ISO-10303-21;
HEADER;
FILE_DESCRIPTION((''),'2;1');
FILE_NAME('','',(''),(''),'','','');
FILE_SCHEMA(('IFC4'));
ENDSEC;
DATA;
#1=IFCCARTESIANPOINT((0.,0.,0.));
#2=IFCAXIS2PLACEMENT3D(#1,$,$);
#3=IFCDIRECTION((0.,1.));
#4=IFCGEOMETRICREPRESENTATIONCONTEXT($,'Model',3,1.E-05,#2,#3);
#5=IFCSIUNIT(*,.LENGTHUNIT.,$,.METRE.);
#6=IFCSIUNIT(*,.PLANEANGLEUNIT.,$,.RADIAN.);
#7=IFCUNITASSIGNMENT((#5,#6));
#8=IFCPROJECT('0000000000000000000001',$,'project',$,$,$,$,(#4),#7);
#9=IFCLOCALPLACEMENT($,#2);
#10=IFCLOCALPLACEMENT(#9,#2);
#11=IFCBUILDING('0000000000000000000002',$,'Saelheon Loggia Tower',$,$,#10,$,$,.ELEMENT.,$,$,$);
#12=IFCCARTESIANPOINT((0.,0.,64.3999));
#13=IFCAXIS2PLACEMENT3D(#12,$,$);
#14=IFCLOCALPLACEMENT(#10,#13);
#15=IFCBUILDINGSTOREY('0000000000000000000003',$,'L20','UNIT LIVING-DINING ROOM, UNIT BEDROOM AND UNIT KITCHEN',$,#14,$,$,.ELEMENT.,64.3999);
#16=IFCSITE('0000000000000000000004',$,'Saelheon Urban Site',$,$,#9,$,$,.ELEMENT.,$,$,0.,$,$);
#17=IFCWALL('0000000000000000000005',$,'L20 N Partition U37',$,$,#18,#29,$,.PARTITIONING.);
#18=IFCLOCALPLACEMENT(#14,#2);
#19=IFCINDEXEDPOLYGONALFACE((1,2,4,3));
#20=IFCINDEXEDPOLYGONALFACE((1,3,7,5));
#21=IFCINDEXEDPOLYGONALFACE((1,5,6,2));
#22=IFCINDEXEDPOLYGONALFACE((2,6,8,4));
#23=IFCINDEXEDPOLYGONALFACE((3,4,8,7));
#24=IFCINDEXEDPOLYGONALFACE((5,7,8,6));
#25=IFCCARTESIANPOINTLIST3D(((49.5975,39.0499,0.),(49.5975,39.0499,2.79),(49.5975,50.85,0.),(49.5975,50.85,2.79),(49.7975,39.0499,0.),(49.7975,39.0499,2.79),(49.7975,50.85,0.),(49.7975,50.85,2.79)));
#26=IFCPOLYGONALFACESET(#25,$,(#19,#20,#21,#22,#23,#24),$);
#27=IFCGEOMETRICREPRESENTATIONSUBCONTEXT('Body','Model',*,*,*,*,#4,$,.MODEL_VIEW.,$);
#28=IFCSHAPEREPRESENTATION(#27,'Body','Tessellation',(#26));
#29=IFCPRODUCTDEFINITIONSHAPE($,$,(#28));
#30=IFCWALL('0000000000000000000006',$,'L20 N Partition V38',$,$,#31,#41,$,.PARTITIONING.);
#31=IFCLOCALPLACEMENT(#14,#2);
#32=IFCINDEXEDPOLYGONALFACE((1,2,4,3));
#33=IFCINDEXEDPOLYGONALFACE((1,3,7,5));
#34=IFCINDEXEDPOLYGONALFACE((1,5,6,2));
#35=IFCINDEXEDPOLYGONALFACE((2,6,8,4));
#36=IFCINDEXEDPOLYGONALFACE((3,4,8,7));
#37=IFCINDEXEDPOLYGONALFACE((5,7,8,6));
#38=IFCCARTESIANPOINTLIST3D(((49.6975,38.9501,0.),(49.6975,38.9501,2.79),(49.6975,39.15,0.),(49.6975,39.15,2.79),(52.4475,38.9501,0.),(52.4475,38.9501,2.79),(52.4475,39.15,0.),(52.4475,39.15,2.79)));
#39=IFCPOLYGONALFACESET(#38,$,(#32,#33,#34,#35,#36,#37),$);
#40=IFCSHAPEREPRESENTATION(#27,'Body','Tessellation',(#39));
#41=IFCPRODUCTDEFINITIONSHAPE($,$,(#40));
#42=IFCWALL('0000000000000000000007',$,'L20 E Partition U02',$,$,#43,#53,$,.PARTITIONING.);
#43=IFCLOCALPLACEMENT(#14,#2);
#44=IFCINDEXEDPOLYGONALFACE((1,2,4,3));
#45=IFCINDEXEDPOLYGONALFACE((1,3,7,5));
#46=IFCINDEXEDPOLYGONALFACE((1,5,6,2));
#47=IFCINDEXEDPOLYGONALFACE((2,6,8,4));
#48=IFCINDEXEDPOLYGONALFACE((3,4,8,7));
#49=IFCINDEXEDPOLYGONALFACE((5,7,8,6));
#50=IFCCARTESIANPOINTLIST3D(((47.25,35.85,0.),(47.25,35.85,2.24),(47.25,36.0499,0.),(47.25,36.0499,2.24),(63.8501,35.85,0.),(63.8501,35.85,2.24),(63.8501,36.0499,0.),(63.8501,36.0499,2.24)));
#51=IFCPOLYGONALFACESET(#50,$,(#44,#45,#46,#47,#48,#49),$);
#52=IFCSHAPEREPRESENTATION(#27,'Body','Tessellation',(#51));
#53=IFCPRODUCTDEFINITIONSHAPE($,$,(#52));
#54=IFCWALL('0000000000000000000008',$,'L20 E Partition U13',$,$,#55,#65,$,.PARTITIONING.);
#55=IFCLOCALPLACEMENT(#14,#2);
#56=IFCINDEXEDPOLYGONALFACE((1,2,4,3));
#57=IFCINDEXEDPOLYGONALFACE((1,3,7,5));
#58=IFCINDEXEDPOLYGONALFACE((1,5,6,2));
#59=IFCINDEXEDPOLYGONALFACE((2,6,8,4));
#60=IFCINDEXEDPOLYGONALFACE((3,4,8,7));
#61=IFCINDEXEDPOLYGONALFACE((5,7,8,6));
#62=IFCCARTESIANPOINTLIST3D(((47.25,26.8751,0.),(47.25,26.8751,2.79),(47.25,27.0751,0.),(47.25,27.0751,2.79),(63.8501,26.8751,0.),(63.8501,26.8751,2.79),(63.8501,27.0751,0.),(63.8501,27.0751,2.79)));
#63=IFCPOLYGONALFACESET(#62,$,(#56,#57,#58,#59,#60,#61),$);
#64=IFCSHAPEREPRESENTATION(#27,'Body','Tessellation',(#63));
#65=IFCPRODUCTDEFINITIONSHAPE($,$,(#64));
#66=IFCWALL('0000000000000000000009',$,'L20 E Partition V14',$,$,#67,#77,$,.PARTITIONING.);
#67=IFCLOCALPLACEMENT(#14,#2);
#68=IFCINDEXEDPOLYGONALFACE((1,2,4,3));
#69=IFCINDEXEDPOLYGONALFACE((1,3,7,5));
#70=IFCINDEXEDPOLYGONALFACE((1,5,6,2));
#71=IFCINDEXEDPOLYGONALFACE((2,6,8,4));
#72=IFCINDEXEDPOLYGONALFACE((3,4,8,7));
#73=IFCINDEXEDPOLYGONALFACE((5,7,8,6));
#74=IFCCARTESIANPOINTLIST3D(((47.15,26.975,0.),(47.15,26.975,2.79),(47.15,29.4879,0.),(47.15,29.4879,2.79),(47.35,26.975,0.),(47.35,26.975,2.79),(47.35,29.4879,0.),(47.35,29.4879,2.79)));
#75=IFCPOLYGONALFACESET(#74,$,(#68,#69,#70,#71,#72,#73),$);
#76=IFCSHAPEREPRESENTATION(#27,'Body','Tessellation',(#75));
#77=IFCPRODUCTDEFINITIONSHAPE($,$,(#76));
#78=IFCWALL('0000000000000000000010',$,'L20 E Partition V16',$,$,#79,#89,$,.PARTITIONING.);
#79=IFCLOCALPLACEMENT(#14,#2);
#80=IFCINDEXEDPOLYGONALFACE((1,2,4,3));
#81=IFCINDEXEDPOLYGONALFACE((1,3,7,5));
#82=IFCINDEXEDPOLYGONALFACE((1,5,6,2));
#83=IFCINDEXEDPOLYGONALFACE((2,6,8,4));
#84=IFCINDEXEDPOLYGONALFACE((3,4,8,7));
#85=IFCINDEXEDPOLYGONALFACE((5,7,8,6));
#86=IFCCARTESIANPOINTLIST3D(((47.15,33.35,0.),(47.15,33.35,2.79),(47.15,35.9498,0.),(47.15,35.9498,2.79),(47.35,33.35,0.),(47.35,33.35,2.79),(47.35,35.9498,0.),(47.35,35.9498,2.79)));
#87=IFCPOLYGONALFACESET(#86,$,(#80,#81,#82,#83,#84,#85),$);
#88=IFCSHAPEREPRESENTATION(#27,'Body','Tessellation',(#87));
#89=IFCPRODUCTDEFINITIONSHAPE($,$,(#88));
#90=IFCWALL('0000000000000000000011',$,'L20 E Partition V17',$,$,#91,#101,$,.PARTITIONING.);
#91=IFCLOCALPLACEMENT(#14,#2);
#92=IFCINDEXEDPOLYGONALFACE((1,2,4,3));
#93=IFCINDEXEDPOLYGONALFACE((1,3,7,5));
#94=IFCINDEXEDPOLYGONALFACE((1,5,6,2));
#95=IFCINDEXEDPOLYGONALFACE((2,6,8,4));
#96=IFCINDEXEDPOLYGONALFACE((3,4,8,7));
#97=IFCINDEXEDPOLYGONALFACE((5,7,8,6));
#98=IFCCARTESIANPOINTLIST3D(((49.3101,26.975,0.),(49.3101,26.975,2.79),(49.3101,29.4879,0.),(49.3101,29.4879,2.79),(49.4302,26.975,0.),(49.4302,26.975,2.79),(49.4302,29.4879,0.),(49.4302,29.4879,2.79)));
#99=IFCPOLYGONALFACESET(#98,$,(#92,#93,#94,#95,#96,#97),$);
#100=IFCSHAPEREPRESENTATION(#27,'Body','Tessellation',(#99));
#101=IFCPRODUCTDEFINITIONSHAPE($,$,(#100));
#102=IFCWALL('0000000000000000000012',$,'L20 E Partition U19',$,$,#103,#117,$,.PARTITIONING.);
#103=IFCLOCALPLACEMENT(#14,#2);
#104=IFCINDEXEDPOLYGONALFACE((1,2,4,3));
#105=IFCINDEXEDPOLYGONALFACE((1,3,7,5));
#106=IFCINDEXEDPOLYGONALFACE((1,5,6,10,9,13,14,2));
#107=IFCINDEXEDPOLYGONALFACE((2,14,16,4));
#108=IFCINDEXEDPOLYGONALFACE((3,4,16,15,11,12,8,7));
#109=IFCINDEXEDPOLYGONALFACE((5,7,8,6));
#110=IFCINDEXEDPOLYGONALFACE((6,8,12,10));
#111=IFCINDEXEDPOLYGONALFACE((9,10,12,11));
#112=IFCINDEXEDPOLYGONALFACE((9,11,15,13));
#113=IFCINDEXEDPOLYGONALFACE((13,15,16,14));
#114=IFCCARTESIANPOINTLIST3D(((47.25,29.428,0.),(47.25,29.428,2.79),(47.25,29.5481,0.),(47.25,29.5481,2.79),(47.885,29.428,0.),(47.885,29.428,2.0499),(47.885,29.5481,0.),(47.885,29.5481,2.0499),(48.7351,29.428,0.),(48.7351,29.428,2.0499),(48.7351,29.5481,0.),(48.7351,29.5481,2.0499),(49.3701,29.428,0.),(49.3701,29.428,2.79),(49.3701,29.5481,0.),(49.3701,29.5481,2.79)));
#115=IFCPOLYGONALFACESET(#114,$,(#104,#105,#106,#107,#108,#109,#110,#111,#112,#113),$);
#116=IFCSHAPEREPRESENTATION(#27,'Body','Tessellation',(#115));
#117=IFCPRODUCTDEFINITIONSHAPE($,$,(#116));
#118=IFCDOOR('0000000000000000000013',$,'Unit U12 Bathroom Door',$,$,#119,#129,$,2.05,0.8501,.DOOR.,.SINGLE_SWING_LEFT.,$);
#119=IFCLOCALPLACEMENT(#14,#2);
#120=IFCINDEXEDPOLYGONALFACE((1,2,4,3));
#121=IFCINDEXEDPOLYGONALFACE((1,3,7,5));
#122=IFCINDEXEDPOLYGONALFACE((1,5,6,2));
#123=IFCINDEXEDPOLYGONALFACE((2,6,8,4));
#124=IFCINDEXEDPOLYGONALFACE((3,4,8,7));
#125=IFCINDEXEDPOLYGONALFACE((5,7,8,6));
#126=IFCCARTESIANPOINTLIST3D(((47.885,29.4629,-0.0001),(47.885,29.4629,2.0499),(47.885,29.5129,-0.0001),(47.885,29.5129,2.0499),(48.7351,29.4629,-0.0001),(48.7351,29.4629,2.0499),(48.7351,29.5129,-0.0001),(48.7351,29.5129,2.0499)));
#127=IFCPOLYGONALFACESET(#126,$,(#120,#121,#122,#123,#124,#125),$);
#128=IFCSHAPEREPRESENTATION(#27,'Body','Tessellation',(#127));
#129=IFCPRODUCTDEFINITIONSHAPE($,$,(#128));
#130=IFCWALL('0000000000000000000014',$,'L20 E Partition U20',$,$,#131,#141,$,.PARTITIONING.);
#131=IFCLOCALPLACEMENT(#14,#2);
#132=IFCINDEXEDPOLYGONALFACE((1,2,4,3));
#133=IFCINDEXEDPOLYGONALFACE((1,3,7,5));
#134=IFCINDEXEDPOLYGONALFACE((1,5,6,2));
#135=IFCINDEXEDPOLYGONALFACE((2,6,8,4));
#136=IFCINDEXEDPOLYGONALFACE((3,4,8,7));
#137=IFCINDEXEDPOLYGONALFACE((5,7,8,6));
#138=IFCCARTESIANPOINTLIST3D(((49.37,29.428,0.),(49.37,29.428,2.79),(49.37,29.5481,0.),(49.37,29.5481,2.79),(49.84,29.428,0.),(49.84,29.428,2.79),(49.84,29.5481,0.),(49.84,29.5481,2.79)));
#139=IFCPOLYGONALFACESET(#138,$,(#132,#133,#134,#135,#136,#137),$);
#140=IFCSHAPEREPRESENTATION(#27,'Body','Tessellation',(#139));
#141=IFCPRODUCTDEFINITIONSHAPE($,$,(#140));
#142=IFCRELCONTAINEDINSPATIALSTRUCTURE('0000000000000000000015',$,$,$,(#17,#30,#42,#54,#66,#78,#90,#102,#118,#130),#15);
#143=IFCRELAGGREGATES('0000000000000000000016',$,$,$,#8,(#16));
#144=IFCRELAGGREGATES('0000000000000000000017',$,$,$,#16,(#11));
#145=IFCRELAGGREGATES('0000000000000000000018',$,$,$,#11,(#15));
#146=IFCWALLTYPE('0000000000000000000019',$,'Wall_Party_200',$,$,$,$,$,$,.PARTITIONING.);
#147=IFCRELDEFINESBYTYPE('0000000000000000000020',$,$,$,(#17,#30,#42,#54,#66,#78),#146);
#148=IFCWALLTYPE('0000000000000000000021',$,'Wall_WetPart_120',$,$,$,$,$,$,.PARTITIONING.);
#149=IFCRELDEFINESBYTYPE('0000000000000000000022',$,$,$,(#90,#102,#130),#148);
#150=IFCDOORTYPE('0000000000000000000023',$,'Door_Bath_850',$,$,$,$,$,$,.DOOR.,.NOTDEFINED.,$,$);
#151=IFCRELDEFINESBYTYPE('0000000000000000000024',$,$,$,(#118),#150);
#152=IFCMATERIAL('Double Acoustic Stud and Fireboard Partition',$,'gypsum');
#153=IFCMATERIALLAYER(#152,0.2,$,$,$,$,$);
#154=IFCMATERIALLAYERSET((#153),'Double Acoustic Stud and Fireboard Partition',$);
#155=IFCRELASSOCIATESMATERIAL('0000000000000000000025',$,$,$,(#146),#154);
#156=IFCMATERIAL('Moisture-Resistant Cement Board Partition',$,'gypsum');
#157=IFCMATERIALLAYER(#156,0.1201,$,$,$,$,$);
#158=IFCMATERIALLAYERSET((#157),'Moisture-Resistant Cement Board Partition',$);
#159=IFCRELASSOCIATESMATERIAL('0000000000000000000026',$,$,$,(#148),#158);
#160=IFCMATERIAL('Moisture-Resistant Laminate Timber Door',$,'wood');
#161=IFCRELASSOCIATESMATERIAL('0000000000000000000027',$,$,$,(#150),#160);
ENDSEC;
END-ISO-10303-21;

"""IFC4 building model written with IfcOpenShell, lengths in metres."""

from ifc_helpers import new_model, si_unit, direction, frame, frame_2d, origin, place, context, subcontext, project, spatial, rectangle, extrude, source, transform, mapped, material, layer, layer_set, type_object, element, fill, save


model = new_model("IFC4")

# Units and contexts
model_context = context("Model", 3, precision=1e-05, world=origin(), true_north=direction((0.0, 1.0)))
body_context = subcontext(model_context, "Body", "Model", "MODEL_VIEW")
ifc_project = project(units=[si_unit("LENGTHUNIT", "METRE"), si_unit("PLANEANGLEUNIT", "RADIAN")], contexts=[model_context])

# Site, building, storey
site_placement = place(None, origin())
site = spatial("IfcSite", under=ifc_project, at=site_placement, Name="Saelheon Urban Site", CompositionType="ELEMENT", RefElevation=0.0)
building_placement = place(site_placement, origin())
building = spatial("IfcBuilding", under=site, at=building_placement, Name="Saelheon Loggia Tower", CompositionType="ELEMENT")
storey_placement = place(building_placement, frame((0.0, 0.0, 64.3999)))
storey = spatial("IfcBuildingStorey", under=building, at=storey_placement, Name="L20", Description="UNIT LIVING-DINING ROOM, UNIT BEDROOM AND UNIT KITCHEN", CompositionType="ELEMENT", Elevation=64.3999)

# Walls
ifc_material_1 = material(Name="Double Acoustic Stud and Fireboard Partition", Category="gypsum")
ifc_layer_1 = layer(ifc_material_1, 0.2)
ifc_layer_set_1 = layer_set([ifc_layer_1], Name="Double Acoustic Stud and Fireboard Partition")
wall_type_1 = type_object("IfcWallType", Name="Wall_Party_200", PredefinedType="PARTITIONING", material=ifc_layer_set_1)
wall_1_placement = place(storey_placement, frame((49.6975, 39.05, 0.0), z_axis=(0.0, 0.0, 1.0), x_axis=(0.0, 1.0, 0.0)))
element("IfcWall", 1, at=wall_1_placement, inside=storey, type_object=wall_type_1, Name="L20 N Partition U37", PredefinedType="PARTITIONING", context=body_context, shape_type="SweptSolid", body=[
    extrude(rectangle(XDim=11.8, YDim=0.2, at=frame_2d((5.8999, 0.0))), origin(), (0.0, 0.0, 1.0), 2.79),
])
wall_2_placement = place(storey_placement, frame((49.6975, 39.05, 0.0), z_axis=(0.0, 0.0, 1.0), x_axis=(1.0, 0.0, 0.0)))
element("IfcWall", 2, at=wall_2_placement, inside=storey, type_object=wall_type_1, Name="L20 N Partition V38", PredefinedType="PARTITIONING", context=body_context, shape_type="SweptSolid", body=[
    extrude(rectangle(XDim=2.75, YDim=0.2, at=frame_2d((1.375, 0.0))), origin(), (0.0, 0.0, 1.0), 2.79),
])
wall_3_placement = place(storey_placement, frame((47.25, 35.95, 0.0), z_axis=(0.0, 0.0, 1.0), x_axis=(1.0, 0.0, 0.0)))
element("IfcWall", 3, at=wall_3_placement, inside=storey, type_object=wall_type_1, Name="L20 E Partition U02", PredefinedType="PARTITIONING", context=body_context, shape_type="SweptSolid", body=[
    extrude(rectangle(XDim=16.6001, YDim=0.2, at=frame_2d((8.3, 0.0))), origin(), (0.0, 0.0, 1.0), 2.24),
])
wall_4_placement = place(storey_placement, frame((47.25, 26.9751, 0.0), z_axis=(0.0, 0.0, 1.0), x_axis=(1.0, 0.0, 0.0)))
element("IfcWall", 4, at=wall_4_placement, inside=storey, type_object=wall_type_1, Name="L20 E Partition U13", PredefinedType="PARTITIONING", context=body_context, shape_type="SweptSolid", body=[
    extrude(rectangle(XDim=16.6001, YDim=0.2, at=frame_2d((8.3, 0.0))), origin(), (0.0, 0.0, 1.0), 2.79),
])
wall_5_placement = place(storey_placement, frame((47.25, 26.9751, 0.0), z_axis=(0.0, 0.0, 1.0), x_axis=(0.0, 1.0, 0.0)))
element("IfcWall", 5, at=wall_5_placement, inside=storey, type_object=wall_type_1, Name="L20 E Partition V14", PredefinedType="PARTITIONING", context=body_context, shape_type="SweptSolid", body=[
    extrude(rectangle(XDim=2.5129, YDim=0.2, at=frame_2d((1.2563, 0.0))), origin(), (0.0, 0.0, 1.0), 2.79),
])

# Walls
wall_6_placement = place(storey_placement, frame((47.25, 33.3501, 0.0), z_axis=(0.0, 0.0, 1.0), x_axis=(0.0, 1.0, 0.0)))
element("IfcWall", 6, at=wall_6_placement, inside=storey, type_object=wall_type_1, Name="L20 E Partition V16", PredefinedType="PARTITIONING", context=body_context, shape_type="SweptSolid", body=[
    extrude(rectangle(XDim=2.5999, YDim=0.2, at=frame_2d((1.2998, 0.0))), origin(), (0.0, 0.0, 1.0), 2.79),
])
ifc_material_2 = material(Name="Moisture-Resistant Cement Board Partition", Category="gypsum")
ifc_layer_2 = layer(ifc_material_2, 0.1201)
ifc_layer_set_2 = layer_set([ifc_layer_2], Name="Moisture-Resistant Cement Board Partition")
wall_type_2 = type_object("IfcWallType", Name="Wall_WetPart_120", PredefinedType="PARTITIONING", material=ifc_layer_set_2)
wall_7_placement = place(storey_placement, frame((49.3701, 26.9751, 0.0), z_axis=(0.0, 0.0, 1.0), x_axis=(0.0, 1.0, 0.0)))
element("IfcWall", 7, at=wall_7_placement, inside=storey, type_object=wall_type_2, Name="L20 E Partition V17", PredefinedType="PARTITIONING", context=body_context, shape_type="SweptSolid", body=[
    extrude(rectangle(XDim=2.5129, YDim=0.1201, at=frame_2d((1.2563, 0.0))), origin(), (0.0, 0.0, 1.0), 2.79),
])

# Wall, opening, door
wall_8_placement = place(storey_placement, frame((47.25, 29.488, 0.0), z_axis=(0.0, 0.0, 1.0), x_axis=(1.0, 0.0, 0.0)))
wall_8 = element("IfcWall", 8, at=wall_8_placement, inside=storey, type_object=wall_type_2, Name="L20 E Partition U19", PredefinedType="PARTITIONING", context=body_context, shape_type="SweptSolid", body=[
    extrude(rectangle(XDim=2.1201, YDim=0.1201, at=frame_2d((1.0601, 0.0))), origin(), (0.0, 0.0, 1.0), 2.79),
])
opening_1_placement = place(wall_8_placement, frame((0.635, 0.0, 0.0)))
opening_1 = element("IfcOpeningElement", 9, at=opening_1_placement, cuts=wall_8, PredefinedType="OPENING", context=body_context, shape_type="SweptSolid", body=[
    extrude(rectangle(XDim=0.8501, YDim=2.05, at=frame_2d((0.425, 1.0249))), frame((0.0, 0.072, 0.0), z_axis=(0.0, -1.0, 0.0), x_axis=(1.0, 0.0, 0.0)), (0.0, 0.0, 1.0), 0.144),
])
ifc_material_3 = material(Name="Moisture-Resistant Laminate Timber Door", Category="wood")
door_type_1 = type_object("IfcDoorType", Name="Door_Bath_850", OperationType="NOTDEFINED", PredefinedType="DOOR", material=ifc_material_3)
shared_shape_1 = source(origin(), body_context, "Body", "SweptSolid", [
    extrude(rectangle(XDim=0.8501, YDim=2.05, at=frame_2d((0.425, 1.0249))), frame((0.0, 0.0249, 0.0), z_axis=(0.0, -1.0, 0.0), x_axis=(1.0, 0.0, 0.0)), (0.0, 0.0, 1.0), 0.05),
])
door_1_placement = place(opening_1_placement, origin())
door_1 = element("IfcDoor", 10, at=door_1_placement, inside=storey, type_object=door_type_1, Name="Unit U12 Bathroom Door", OperationType="SINGLE_SWING_LEFT", OverallHeight=2.05, OverallWidth=0.8501, PredefinedType="DOOR", context=body_context, shape_type="MappedRepresentation", body=[
    mapped(shared_shape_1, transform((0.0, 0.0, 0.0), scale=1.0)),
])
fill(opening_1, door_1)

# Wall
wall_9_placement = place(storey_placement, frame((49.3701, 29.488, 0.0), z_axis=(0.0, 0.0, 1.0), x_axis=(1.0, 0.0, 0.0)))
element("IfcWall", 11, at=wall_9_placement, inside=storey, type_object=wall_type_2, Name="L20 E Partition U20", PredefinedType="PARTITIONING", context=body_context, shape_type="SweptSolid", body=[
    extrude(rectangle(XDim=0.47, YDim=0.1201, at=frame_2d((0.2349, 0.0))), origin(), (0.0, 0.0, 1.0), 2.79),
])

save(model, "model.ifc")
